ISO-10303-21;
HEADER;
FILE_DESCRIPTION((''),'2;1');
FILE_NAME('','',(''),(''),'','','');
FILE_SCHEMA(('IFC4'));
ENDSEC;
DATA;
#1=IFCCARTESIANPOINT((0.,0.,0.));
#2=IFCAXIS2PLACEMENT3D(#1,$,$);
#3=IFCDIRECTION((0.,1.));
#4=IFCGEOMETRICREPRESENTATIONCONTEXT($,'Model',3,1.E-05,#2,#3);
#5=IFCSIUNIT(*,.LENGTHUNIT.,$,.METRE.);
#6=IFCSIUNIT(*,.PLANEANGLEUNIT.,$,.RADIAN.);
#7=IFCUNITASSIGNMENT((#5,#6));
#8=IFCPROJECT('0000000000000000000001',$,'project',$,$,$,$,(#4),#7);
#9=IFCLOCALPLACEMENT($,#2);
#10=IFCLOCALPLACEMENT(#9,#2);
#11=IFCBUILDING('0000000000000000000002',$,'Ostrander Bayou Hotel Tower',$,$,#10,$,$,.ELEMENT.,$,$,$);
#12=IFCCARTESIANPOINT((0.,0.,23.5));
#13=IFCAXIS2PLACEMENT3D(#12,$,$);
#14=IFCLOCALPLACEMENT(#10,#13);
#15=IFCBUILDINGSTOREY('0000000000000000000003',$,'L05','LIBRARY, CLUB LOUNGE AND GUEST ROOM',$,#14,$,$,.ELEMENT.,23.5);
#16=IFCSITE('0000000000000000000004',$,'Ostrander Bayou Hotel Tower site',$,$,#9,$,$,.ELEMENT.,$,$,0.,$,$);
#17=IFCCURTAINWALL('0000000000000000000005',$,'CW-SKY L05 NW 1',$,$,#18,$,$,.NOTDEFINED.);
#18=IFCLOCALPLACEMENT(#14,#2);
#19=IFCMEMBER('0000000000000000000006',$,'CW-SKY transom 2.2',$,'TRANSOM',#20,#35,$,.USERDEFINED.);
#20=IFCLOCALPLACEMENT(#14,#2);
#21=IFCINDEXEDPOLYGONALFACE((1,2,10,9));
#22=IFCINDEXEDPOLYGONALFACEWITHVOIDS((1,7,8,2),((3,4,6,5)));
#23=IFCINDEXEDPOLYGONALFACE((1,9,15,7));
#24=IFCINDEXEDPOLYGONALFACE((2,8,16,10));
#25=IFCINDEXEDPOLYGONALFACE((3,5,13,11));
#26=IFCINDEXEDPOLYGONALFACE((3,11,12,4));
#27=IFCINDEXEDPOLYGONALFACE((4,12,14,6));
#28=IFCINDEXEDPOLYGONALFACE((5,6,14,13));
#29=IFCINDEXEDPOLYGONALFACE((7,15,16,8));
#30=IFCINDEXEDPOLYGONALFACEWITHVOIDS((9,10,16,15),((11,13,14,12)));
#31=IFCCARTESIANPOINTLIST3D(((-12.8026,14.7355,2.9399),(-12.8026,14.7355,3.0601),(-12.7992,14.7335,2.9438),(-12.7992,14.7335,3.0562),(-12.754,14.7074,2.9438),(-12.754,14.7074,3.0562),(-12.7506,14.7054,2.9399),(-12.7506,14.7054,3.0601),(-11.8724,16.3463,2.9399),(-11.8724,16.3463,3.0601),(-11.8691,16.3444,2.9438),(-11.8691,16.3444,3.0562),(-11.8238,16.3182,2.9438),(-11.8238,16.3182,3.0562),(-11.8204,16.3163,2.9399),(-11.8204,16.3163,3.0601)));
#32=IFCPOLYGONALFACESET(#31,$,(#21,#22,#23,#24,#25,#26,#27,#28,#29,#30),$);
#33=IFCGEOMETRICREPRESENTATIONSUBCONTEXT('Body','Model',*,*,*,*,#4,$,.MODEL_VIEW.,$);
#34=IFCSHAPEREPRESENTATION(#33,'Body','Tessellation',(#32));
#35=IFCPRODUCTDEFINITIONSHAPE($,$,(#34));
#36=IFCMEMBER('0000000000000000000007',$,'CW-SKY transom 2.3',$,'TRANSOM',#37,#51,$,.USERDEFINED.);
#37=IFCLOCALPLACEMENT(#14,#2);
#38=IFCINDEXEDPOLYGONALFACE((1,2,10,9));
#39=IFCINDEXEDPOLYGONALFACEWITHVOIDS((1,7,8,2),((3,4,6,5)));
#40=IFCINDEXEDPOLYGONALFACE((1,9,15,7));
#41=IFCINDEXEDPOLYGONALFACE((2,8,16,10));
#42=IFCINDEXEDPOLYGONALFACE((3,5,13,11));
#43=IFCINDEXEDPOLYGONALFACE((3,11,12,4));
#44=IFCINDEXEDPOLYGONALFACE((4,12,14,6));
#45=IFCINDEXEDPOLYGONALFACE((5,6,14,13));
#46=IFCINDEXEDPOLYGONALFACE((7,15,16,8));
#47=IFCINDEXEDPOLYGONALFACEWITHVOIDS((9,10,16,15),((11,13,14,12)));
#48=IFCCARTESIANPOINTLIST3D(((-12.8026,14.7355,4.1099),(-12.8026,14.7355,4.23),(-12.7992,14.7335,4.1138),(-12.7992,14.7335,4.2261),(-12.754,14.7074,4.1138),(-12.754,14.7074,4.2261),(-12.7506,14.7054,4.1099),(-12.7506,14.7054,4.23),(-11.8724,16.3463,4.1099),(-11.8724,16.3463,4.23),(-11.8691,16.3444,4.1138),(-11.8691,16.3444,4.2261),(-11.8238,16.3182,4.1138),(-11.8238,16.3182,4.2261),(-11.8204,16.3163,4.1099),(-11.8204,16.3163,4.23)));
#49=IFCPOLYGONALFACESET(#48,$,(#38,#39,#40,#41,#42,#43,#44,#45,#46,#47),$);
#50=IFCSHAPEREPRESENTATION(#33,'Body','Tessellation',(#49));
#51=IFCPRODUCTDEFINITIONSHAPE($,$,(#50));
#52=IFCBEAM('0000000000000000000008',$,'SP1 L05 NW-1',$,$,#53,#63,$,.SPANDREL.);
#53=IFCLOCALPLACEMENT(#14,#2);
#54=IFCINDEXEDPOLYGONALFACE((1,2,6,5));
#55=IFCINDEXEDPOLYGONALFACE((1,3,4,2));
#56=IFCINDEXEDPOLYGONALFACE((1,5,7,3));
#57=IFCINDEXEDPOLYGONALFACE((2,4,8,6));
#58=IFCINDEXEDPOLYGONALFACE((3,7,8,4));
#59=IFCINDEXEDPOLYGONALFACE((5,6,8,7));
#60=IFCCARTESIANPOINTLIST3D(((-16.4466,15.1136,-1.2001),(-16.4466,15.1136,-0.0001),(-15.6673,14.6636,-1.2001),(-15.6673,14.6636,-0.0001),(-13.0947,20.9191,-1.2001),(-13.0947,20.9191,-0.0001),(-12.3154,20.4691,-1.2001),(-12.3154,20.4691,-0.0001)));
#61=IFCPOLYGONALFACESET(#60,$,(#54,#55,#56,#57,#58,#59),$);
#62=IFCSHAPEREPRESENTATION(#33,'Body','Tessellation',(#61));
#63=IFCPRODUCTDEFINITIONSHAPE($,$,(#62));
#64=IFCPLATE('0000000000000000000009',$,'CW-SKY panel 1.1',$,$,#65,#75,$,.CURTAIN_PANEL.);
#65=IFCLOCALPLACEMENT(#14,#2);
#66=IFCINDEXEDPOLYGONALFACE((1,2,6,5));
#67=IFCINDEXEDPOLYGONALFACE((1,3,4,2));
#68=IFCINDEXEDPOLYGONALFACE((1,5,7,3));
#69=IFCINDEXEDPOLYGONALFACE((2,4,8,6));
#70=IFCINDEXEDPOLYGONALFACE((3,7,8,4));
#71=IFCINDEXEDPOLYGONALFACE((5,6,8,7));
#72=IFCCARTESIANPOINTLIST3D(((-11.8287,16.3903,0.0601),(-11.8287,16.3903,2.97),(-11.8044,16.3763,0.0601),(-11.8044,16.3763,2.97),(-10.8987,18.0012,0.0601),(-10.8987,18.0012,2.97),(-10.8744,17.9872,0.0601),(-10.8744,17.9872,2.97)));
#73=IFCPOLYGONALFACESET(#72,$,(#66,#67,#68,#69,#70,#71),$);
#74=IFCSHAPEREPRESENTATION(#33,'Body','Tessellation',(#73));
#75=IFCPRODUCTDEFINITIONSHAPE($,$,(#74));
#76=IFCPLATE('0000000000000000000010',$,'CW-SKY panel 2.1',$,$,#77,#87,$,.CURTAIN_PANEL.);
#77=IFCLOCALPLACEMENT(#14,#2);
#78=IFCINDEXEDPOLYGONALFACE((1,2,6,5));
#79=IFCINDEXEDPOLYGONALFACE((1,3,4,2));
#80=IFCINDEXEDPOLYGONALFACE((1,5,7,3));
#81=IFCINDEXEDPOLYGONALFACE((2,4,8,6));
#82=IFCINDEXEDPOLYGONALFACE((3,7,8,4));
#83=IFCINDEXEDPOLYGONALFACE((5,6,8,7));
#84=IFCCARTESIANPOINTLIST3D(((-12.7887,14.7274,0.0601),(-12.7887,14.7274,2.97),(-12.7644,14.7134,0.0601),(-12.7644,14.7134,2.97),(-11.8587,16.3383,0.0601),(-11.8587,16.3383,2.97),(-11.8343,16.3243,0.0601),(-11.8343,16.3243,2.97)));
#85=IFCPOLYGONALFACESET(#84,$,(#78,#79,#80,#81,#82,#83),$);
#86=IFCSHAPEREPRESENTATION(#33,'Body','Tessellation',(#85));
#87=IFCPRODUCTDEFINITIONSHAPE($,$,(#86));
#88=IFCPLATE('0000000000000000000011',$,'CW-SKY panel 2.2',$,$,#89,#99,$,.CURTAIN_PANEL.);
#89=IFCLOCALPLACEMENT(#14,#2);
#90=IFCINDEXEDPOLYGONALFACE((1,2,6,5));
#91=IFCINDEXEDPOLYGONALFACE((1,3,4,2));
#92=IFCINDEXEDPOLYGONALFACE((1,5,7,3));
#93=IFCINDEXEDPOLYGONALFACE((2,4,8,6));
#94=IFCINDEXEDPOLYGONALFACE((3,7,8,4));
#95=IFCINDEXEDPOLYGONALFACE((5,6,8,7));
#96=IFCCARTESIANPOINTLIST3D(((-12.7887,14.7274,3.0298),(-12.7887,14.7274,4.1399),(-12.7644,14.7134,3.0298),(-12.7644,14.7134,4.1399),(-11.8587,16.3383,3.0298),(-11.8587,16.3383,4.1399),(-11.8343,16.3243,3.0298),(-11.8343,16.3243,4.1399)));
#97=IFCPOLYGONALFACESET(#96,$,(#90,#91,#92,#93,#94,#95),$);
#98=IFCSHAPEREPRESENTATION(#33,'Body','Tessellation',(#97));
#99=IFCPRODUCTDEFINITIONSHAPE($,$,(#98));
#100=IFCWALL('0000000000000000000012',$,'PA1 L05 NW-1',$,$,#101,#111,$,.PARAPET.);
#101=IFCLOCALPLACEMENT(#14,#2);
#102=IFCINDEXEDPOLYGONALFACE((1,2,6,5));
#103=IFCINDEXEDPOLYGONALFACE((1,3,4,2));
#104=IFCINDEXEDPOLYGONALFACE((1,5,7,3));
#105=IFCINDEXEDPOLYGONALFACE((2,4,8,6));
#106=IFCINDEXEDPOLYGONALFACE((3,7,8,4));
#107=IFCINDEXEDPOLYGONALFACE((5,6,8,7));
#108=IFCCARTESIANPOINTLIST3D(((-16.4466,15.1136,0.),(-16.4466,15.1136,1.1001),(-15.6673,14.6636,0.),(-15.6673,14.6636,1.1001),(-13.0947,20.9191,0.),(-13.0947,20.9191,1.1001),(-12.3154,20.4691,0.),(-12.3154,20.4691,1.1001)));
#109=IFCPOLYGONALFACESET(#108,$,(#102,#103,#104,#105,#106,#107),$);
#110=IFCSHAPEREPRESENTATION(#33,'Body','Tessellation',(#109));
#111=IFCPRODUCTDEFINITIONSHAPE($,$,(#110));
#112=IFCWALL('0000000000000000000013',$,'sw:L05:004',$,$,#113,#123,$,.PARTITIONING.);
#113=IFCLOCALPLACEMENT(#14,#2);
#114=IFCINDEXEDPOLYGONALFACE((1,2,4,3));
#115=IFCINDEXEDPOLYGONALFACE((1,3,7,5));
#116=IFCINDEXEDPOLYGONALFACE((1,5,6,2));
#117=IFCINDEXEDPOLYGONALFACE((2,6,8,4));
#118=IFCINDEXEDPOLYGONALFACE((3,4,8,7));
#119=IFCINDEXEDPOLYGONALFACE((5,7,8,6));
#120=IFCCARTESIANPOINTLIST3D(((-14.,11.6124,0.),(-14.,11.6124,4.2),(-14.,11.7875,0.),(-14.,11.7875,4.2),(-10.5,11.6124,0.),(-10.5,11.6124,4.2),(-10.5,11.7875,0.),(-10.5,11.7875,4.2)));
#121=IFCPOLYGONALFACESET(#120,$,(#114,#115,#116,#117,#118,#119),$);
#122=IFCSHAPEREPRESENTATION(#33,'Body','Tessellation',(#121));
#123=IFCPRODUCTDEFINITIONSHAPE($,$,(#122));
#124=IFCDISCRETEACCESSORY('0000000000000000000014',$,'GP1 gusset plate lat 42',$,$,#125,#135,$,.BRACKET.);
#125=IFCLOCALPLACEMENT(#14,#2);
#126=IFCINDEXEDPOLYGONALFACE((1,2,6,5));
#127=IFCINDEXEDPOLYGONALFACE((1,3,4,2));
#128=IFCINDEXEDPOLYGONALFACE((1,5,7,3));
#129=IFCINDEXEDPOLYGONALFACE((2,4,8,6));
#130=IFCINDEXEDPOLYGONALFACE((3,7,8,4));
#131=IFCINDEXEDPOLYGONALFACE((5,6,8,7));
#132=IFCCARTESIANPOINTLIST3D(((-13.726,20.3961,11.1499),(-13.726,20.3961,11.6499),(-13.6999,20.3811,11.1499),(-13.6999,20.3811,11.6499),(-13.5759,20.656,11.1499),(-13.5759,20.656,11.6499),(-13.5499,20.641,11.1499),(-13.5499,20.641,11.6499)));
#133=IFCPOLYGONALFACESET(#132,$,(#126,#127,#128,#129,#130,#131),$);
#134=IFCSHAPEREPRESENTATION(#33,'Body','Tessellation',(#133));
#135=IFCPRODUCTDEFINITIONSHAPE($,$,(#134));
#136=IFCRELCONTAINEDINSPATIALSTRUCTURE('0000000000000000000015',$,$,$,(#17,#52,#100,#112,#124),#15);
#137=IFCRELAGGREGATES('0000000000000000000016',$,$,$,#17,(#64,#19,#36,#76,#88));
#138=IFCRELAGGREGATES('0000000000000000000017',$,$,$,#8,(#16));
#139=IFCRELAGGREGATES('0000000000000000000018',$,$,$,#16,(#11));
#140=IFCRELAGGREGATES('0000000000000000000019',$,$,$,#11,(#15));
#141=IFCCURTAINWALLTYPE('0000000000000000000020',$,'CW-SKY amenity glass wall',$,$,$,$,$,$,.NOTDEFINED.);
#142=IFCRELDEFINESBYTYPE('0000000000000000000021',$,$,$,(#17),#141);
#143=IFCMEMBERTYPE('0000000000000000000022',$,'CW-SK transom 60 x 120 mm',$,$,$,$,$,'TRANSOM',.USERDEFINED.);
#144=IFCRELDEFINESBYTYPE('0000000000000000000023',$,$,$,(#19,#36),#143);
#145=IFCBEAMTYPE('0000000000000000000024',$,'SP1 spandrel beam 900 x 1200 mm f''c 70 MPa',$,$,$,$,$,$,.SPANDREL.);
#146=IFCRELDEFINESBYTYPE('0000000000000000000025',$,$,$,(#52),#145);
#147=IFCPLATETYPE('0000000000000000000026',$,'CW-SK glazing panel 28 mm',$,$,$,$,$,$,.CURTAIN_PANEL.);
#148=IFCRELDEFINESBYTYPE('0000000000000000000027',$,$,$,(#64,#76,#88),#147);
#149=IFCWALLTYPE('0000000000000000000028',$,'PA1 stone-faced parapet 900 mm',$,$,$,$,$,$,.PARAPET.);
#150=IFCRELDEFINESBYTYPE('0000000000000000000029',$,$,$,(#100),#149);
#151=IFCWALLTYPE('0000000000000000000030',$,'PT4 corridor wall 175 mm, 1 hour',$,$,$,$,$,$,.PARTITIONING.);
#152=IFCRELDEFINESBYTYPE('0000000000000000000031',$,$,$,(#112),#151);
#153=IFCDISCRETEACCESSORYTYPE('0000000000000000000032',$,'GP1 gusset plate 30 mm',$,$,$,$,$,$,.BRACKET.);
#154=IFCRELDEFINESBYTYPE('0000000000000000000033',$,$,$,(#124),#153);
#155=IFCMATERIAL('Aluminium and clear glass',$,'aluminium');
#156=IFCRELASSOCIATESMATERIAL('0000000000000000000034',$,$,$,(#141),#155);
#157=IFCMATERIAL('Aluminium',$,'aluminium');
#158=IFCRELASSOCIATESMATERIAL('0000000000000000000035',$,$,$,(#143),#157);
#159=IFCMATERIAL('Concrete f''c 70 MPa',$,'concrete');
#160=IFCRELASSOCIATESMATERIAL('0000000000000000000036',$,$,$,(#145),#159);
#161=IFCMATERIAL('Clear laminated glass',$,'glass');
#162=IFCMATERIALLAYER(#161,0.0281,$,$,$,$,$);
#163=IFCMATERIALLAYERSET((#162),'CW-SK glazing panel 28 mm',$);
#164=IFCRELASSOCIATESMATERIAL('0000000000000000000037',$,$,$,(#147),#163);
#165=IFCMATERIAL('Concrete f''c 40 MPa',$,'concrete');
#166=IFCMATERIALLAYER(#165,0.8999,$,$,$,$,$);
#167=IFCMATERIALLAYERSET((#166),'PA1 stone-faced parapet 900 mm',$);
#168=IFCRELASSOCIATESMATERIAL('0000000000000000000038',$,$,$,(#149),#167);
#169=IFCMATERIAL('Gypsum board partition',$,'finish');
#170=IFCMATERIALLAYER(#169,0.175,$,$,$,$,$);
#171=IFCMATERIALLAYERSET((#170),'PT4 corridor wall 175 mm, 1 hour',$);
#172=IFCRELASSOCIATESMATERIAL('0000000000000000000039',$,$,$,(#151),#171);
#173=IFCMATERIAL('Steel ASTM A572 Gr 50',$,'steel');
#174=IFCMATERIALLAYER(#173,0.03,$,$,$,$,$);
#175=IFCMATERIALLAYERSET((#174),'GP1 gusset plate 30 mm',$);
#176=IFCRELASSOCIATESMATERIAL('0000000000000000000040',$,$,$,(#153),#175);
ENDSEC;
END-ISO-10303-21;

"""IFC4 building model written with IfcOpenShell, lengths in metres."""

from ifc_helpers import new_model, si_unit, direction, frame, frame_2d, origin, origin_2d, place, context, subcontext, project, spatial, rectangle, hollow_rectangle, extrude, material, layer, layer_set, material_profile, profile_set, type_object, element, aggregate, save


model = new_model("IFC4")

# Units and contexts
model_context = context("Model", 3, precision=1e-05, world=origin(), true_north=direction((0.0, 1.0)))
body_context = subcontext(model_context, "Body", "Model", "MODEL_VIEW")
ifc_project = project(units=[si_unit("LENGTHUNIT", "METRE"), si_unit("PLANEANGLEUNIT", "RADIAN")], contexts=[model_context])

# Site, building, storey
site_placement = place(None, origin())
site = spatial("IfcSite", under=ifc_project, at=site_placement, Name="Ostrander Bayou Hotel Tower site", CompositionType="ELEMENT", RefElevation=0.0)
building_placement = place(site_placement, origin())
building = spatial("IfcBuilding", under=site, at=building_placement, Name="Ostrander Bayou Hotel Tower", CompositionType="ELEMENT")
storey_placement = place(building_placement, frame((0.0, 0.0, 23.5)))
storey = spatial("IfcBuildingStorey", under=building, at=storey_placement, Name="L05", Description="LIBRARY, CLUB LOUNGE AND GUEST ROOM", CompositionType="ELEMENT", Elevation=23.5)

# Curtain wall
ifc_material_1 = material(Name="Aluminium and clear glass", Category="aluminium")
curtain_wall_type_1 = type_object("IfcCurtainWallType", Name="CW-SKY amenity glass wall", PredefinedType="NOTDEFINED", material=ifc_material_1)
curtain_wall_1_placement = place(storey_placement, origin())
curtain_wall_1 = element("IfcCurtainWall", 1, at=curtain_wall_1_placement, inside=storey, type_object=curtain_wall_type_1, Name="CW-SKY L05 NW 1", PredefinedType="NOTDEFINED")

# Members
ifc_material_2 = material(Name="Aluminium", Category="aluminium")
ifc_material_profile_1 = material_profile(ifc_material_2, hollow_rectangle(XDim=0.0601, YDim=0.1201, WallThickness=0.0039, at=origin_2d()))
ifc_profile_set_1 = profile_set([ifc_material_profile_1], Name="Aluminium")
member_type_1 = type_object("IfcMemberType", Name="CW-SK transom 60 x 120 mm", ElementType="TRANSOM", PredefinedType="USERDEFINED", material=ifc_profile_set_1)
member_1_placement = place(storey_placement, frame((-11.8464, 16.3313, 3.0), z_axis=(-0.500063, -0.865989, 0.0), x_axis=(0.865989, -0.500063, 0.0)))
member_1 = element("IfcMember", 2, at=member_1_placement, type_object=member_type_1, Name="CW-SKY transom 2.2", ObjectType="TRANSOM", PredefinedType="USERDEFINED", context=body_context, shape_type="SweptSolid", body=[
    extrude(hollow_rectangle(XDim=0.0601, YDim=0.1201, WallThickness=0.0039, at=origin_2d()), origin(), (0.0, 0.0, 1.0), 1.8601),
])
member_2_placement = place(storey_placement, frame((-11.8464, 16.3313, 4.1699), z_axis=(-0.500063, -0.865989, 0.0), x_axis=(0.865989, -0.500063, 0.0)))
member_2 = element("IfcMember", 3, at=member_2_placement, type_object=member_type_1, Name="CW-SKY transom 2.3", ObjectType="TRANSOM", PredefinedType="USERDEFINED", context=body_context, shape_type="SweptSolid", body=[
    extrude(hollow_rectangle(XDim=0.0601, YDim=0.1201, WallThickness=0.0039, at=origin_2d()), origin(), (0.0, 0.0, 1.0), 1.8601),
])

# Beam
ifc_material_3 = material(Name="Concrete f'c 70 MPa", Category="concrete")
ifc_material_profile_2 = material_profile(ifc_material_3, rectangle(XDim=0.8999, YDim=1.2, at=origin_2d()))
ifc_profile_set_2 = profile_set([ifc_material_profile_2], Name="Concrete f'c 70 MPa")
beam_type = type_object("IfcBeamType", Name="SP1 spandrel beam 900 x 1200 mm f'c 70 MPa", PredefinedType="SPANDREL", material=ifc_profile_set_2)
beam_placement = place(storey_placement, frame((-12.7051, 20.6941, -0.6001), z_axis=(-0.500005, -0.866022, 0.0), x_axis=(0.866022, -0.500005, 0.0)))
element("IfcBeam", 4, at=beam_placement, inside=storey, type_object=beam_type, Name="SP1 L05 NW-1", PredefinedType="SPANDREL", context=body_context, shape_type="SweptSolid", body=[
    extrude(rectangle(XDim=0.8999, YDim=1.2, at=origin_2d()), origin(), (0.0, 0.0, 1.0), 6.7036),
])

# Plates
ifc_material_4 = material(Name="Clear laminated glass", Category="glass")
ifc_layer_1 = layer(ifc_material_4, 0.0281)
ifc_layer_set_1 = layer_set([ifc_layer_1], Name="CW-SK glazing panel 28 mm")
plate_type = type_object("IfcPlateType", Name="CW-SK glazing panel 28 mm", PredefinedType="CURTAIN_PANEL", material=ifc_layer_set_1)
plate_1_placement = place(storey_placement, frame((-11.3516, 17.1887, 0.0601), z_axis=(0.0, 0.0, 1.0), x_axis=(-0.5, -0.866025, 0.0)))
plate_1 = element("IfcPlate", 5, at=plate_1_placement, type_object=plate_type, Name="CW-SKY panel 1.1", PredefinedType="CURTAIN_PANEL", context=body_context, shape_type="SweptSolid", body=[
    extrude(rectangle(XDim=1.8601, YDim=0.0281, at=origin_2d()), origin(), (0.0, 0.0, 1.0), 2.9099),
])
plate_2_placement = place(storey_placement, frame((-12.3115, 15.5259, 0.0601), z_axis=(0.0, 0.0, 1.0), x_axis=(-0.5, -0.866025, 0.0)))
plate_2 = element("IfcPlate", 6, at=plate_2_placement, type_object=plate_type, Name="CW-SKY panel 2.1", PredefinedType="CURTAIN_PANEL", context=body_context, shape_type="SweptSolid", body=[
    extrude(rectangle(XDim=1.8601, YDim=0.0281, at=origin_2d()), origin(), (0.0, 0.0, 1.0), 2.9099),
])
plate_3_placement = place(storey_placement, frame((-12.3115, 15.5259, 3.0298), z_axis=(0.0, 0.0, 1.0), x_axis=(-0.5, -0.866025, 0.0)))
plate_3 = element("IfcPlate", 7, at=plate_3_placement, type_object=plate_type, Name="CW-SKY panel 2.2", PredefinedType="CURTAIN_PANEL", context=body_context, shape_type="SweptSolid", body=[
    extrude(rectangle(XDim=1.8601, YDim=0.0281, at=origin_2d()), origin(), (0.0, 0.0, 1.0), 1.1101),
])
aggregate(curtain_wall_1, [plate_1, member_1, member_2, plate_2, plate_3])

# Walls
ifc_material_5 = material(Name="Concrete f'c 40 MPa", Category="concrete")
ifc_layer_2 = layer(ifc_material_5, 0.8999)
ifc_layer_set_2 = layer_set([ifc_layer_2], Name="PA1 stone-faced parapet 900 mm")
wall_type_1 = type_object("IfcWallType", Name="PA1 stone-faced parapet 900 mm", PredefinedType="PARAPET", material=ifc_layer_set_2)
wall_1_placement = place(storey_placement, frame((-12.7051, 20.6941, 0.0), z_axis=(0.0, 0.0, 1.0), x_axis=(-0.500005, -0.866022, 0.0)))
element("IfcWall", 8, at=wall_1_placement, inside=storey, type_object=wall_type_1, Name="PA1 L05 NW-1", PredefinedType="PARAPET", context=body_context, shape_type="SweptSolid", body=[
    extrude(rectangle(XDim=6.7036, YDim=0.8999, at=frame_2d((3.3518, 0.0))), origin(), (0.0, 0.0, 1.0), 1.1001),
])
ifc_material_6 = material(Name="Gypsum board partition", Category="finish")
ifc_layer_3 = layer(ifc_material_6, 0.175)
ifc_layer_set_3 = layer_set([ifc_layer_3], Name="PT4 corridor wall 175 mm, 1 hour")
wall_type_2 = type_object("IfcWallType", Name="PT4 corridor wall 175 mm, 1 hour", PredefinedType="PARTITIONING", material=ifc_layer_set_3)
wall_2_placement = place(storey_placement, frame((-14.0, 11.7, 0.0), z_axis=(0.0, 0.0, 1.0), x_axis=(1.0, 0.0, 0.0)))
element("IfcWall", 9, at=wall_2_placement, inside=storey, type_object=wall_type_2, Name="sw:L05:004", PredefinedType="PARTITIONING", context=body_context, shape_type="SweptSolid", body=[
    extrude(rectangle(XDim=3.5, YDim=0.175, at=frame_2d((1.75, 0.0))), origin(), (0.0, 0.0, 1.0), 4.2),
])

# Discrete accessory
ifc_material_7 = material(Name="Steel ASTM A572 Gr 50", Category="steel")
ifc_layer_4 = layer(ifc_material_7, 0.03)
ifc_layer_set_4 = layer_set([ifc_layer_4], Name="GP1 gusset plate 30 mm")
discrete_accessory_type = type_object("IfcDiscreteAccessoryType", Name="GP1 gusset plate 30 mm", PredefinedType="BRACKET", material=ifc_layer_set_4)
discrete_accessory_placement = place(storey_placement, frame((-13.6379, 20.5186, 11.1499), z_axis=(0.0, 0.0, 1.0), x_axis=(-0.5, -0.866025, 0.0)))
element("IfcDiscreteAccessory", 10, at=discrete_accessory_placement, inside=storey, type_object=discrete_accessory_type, Name="GP1 gusset plate lat 42", PredefinedType="BRACKET", context=body_context, shape_type="SweptSolid", body=[
    extrude(rectangle(XDim=0.3, YDim=0.03, at=origin_2d()), origin(), (0.0, 0.0, 1.0), 0.5),
])

save(model, "model.ifc")
